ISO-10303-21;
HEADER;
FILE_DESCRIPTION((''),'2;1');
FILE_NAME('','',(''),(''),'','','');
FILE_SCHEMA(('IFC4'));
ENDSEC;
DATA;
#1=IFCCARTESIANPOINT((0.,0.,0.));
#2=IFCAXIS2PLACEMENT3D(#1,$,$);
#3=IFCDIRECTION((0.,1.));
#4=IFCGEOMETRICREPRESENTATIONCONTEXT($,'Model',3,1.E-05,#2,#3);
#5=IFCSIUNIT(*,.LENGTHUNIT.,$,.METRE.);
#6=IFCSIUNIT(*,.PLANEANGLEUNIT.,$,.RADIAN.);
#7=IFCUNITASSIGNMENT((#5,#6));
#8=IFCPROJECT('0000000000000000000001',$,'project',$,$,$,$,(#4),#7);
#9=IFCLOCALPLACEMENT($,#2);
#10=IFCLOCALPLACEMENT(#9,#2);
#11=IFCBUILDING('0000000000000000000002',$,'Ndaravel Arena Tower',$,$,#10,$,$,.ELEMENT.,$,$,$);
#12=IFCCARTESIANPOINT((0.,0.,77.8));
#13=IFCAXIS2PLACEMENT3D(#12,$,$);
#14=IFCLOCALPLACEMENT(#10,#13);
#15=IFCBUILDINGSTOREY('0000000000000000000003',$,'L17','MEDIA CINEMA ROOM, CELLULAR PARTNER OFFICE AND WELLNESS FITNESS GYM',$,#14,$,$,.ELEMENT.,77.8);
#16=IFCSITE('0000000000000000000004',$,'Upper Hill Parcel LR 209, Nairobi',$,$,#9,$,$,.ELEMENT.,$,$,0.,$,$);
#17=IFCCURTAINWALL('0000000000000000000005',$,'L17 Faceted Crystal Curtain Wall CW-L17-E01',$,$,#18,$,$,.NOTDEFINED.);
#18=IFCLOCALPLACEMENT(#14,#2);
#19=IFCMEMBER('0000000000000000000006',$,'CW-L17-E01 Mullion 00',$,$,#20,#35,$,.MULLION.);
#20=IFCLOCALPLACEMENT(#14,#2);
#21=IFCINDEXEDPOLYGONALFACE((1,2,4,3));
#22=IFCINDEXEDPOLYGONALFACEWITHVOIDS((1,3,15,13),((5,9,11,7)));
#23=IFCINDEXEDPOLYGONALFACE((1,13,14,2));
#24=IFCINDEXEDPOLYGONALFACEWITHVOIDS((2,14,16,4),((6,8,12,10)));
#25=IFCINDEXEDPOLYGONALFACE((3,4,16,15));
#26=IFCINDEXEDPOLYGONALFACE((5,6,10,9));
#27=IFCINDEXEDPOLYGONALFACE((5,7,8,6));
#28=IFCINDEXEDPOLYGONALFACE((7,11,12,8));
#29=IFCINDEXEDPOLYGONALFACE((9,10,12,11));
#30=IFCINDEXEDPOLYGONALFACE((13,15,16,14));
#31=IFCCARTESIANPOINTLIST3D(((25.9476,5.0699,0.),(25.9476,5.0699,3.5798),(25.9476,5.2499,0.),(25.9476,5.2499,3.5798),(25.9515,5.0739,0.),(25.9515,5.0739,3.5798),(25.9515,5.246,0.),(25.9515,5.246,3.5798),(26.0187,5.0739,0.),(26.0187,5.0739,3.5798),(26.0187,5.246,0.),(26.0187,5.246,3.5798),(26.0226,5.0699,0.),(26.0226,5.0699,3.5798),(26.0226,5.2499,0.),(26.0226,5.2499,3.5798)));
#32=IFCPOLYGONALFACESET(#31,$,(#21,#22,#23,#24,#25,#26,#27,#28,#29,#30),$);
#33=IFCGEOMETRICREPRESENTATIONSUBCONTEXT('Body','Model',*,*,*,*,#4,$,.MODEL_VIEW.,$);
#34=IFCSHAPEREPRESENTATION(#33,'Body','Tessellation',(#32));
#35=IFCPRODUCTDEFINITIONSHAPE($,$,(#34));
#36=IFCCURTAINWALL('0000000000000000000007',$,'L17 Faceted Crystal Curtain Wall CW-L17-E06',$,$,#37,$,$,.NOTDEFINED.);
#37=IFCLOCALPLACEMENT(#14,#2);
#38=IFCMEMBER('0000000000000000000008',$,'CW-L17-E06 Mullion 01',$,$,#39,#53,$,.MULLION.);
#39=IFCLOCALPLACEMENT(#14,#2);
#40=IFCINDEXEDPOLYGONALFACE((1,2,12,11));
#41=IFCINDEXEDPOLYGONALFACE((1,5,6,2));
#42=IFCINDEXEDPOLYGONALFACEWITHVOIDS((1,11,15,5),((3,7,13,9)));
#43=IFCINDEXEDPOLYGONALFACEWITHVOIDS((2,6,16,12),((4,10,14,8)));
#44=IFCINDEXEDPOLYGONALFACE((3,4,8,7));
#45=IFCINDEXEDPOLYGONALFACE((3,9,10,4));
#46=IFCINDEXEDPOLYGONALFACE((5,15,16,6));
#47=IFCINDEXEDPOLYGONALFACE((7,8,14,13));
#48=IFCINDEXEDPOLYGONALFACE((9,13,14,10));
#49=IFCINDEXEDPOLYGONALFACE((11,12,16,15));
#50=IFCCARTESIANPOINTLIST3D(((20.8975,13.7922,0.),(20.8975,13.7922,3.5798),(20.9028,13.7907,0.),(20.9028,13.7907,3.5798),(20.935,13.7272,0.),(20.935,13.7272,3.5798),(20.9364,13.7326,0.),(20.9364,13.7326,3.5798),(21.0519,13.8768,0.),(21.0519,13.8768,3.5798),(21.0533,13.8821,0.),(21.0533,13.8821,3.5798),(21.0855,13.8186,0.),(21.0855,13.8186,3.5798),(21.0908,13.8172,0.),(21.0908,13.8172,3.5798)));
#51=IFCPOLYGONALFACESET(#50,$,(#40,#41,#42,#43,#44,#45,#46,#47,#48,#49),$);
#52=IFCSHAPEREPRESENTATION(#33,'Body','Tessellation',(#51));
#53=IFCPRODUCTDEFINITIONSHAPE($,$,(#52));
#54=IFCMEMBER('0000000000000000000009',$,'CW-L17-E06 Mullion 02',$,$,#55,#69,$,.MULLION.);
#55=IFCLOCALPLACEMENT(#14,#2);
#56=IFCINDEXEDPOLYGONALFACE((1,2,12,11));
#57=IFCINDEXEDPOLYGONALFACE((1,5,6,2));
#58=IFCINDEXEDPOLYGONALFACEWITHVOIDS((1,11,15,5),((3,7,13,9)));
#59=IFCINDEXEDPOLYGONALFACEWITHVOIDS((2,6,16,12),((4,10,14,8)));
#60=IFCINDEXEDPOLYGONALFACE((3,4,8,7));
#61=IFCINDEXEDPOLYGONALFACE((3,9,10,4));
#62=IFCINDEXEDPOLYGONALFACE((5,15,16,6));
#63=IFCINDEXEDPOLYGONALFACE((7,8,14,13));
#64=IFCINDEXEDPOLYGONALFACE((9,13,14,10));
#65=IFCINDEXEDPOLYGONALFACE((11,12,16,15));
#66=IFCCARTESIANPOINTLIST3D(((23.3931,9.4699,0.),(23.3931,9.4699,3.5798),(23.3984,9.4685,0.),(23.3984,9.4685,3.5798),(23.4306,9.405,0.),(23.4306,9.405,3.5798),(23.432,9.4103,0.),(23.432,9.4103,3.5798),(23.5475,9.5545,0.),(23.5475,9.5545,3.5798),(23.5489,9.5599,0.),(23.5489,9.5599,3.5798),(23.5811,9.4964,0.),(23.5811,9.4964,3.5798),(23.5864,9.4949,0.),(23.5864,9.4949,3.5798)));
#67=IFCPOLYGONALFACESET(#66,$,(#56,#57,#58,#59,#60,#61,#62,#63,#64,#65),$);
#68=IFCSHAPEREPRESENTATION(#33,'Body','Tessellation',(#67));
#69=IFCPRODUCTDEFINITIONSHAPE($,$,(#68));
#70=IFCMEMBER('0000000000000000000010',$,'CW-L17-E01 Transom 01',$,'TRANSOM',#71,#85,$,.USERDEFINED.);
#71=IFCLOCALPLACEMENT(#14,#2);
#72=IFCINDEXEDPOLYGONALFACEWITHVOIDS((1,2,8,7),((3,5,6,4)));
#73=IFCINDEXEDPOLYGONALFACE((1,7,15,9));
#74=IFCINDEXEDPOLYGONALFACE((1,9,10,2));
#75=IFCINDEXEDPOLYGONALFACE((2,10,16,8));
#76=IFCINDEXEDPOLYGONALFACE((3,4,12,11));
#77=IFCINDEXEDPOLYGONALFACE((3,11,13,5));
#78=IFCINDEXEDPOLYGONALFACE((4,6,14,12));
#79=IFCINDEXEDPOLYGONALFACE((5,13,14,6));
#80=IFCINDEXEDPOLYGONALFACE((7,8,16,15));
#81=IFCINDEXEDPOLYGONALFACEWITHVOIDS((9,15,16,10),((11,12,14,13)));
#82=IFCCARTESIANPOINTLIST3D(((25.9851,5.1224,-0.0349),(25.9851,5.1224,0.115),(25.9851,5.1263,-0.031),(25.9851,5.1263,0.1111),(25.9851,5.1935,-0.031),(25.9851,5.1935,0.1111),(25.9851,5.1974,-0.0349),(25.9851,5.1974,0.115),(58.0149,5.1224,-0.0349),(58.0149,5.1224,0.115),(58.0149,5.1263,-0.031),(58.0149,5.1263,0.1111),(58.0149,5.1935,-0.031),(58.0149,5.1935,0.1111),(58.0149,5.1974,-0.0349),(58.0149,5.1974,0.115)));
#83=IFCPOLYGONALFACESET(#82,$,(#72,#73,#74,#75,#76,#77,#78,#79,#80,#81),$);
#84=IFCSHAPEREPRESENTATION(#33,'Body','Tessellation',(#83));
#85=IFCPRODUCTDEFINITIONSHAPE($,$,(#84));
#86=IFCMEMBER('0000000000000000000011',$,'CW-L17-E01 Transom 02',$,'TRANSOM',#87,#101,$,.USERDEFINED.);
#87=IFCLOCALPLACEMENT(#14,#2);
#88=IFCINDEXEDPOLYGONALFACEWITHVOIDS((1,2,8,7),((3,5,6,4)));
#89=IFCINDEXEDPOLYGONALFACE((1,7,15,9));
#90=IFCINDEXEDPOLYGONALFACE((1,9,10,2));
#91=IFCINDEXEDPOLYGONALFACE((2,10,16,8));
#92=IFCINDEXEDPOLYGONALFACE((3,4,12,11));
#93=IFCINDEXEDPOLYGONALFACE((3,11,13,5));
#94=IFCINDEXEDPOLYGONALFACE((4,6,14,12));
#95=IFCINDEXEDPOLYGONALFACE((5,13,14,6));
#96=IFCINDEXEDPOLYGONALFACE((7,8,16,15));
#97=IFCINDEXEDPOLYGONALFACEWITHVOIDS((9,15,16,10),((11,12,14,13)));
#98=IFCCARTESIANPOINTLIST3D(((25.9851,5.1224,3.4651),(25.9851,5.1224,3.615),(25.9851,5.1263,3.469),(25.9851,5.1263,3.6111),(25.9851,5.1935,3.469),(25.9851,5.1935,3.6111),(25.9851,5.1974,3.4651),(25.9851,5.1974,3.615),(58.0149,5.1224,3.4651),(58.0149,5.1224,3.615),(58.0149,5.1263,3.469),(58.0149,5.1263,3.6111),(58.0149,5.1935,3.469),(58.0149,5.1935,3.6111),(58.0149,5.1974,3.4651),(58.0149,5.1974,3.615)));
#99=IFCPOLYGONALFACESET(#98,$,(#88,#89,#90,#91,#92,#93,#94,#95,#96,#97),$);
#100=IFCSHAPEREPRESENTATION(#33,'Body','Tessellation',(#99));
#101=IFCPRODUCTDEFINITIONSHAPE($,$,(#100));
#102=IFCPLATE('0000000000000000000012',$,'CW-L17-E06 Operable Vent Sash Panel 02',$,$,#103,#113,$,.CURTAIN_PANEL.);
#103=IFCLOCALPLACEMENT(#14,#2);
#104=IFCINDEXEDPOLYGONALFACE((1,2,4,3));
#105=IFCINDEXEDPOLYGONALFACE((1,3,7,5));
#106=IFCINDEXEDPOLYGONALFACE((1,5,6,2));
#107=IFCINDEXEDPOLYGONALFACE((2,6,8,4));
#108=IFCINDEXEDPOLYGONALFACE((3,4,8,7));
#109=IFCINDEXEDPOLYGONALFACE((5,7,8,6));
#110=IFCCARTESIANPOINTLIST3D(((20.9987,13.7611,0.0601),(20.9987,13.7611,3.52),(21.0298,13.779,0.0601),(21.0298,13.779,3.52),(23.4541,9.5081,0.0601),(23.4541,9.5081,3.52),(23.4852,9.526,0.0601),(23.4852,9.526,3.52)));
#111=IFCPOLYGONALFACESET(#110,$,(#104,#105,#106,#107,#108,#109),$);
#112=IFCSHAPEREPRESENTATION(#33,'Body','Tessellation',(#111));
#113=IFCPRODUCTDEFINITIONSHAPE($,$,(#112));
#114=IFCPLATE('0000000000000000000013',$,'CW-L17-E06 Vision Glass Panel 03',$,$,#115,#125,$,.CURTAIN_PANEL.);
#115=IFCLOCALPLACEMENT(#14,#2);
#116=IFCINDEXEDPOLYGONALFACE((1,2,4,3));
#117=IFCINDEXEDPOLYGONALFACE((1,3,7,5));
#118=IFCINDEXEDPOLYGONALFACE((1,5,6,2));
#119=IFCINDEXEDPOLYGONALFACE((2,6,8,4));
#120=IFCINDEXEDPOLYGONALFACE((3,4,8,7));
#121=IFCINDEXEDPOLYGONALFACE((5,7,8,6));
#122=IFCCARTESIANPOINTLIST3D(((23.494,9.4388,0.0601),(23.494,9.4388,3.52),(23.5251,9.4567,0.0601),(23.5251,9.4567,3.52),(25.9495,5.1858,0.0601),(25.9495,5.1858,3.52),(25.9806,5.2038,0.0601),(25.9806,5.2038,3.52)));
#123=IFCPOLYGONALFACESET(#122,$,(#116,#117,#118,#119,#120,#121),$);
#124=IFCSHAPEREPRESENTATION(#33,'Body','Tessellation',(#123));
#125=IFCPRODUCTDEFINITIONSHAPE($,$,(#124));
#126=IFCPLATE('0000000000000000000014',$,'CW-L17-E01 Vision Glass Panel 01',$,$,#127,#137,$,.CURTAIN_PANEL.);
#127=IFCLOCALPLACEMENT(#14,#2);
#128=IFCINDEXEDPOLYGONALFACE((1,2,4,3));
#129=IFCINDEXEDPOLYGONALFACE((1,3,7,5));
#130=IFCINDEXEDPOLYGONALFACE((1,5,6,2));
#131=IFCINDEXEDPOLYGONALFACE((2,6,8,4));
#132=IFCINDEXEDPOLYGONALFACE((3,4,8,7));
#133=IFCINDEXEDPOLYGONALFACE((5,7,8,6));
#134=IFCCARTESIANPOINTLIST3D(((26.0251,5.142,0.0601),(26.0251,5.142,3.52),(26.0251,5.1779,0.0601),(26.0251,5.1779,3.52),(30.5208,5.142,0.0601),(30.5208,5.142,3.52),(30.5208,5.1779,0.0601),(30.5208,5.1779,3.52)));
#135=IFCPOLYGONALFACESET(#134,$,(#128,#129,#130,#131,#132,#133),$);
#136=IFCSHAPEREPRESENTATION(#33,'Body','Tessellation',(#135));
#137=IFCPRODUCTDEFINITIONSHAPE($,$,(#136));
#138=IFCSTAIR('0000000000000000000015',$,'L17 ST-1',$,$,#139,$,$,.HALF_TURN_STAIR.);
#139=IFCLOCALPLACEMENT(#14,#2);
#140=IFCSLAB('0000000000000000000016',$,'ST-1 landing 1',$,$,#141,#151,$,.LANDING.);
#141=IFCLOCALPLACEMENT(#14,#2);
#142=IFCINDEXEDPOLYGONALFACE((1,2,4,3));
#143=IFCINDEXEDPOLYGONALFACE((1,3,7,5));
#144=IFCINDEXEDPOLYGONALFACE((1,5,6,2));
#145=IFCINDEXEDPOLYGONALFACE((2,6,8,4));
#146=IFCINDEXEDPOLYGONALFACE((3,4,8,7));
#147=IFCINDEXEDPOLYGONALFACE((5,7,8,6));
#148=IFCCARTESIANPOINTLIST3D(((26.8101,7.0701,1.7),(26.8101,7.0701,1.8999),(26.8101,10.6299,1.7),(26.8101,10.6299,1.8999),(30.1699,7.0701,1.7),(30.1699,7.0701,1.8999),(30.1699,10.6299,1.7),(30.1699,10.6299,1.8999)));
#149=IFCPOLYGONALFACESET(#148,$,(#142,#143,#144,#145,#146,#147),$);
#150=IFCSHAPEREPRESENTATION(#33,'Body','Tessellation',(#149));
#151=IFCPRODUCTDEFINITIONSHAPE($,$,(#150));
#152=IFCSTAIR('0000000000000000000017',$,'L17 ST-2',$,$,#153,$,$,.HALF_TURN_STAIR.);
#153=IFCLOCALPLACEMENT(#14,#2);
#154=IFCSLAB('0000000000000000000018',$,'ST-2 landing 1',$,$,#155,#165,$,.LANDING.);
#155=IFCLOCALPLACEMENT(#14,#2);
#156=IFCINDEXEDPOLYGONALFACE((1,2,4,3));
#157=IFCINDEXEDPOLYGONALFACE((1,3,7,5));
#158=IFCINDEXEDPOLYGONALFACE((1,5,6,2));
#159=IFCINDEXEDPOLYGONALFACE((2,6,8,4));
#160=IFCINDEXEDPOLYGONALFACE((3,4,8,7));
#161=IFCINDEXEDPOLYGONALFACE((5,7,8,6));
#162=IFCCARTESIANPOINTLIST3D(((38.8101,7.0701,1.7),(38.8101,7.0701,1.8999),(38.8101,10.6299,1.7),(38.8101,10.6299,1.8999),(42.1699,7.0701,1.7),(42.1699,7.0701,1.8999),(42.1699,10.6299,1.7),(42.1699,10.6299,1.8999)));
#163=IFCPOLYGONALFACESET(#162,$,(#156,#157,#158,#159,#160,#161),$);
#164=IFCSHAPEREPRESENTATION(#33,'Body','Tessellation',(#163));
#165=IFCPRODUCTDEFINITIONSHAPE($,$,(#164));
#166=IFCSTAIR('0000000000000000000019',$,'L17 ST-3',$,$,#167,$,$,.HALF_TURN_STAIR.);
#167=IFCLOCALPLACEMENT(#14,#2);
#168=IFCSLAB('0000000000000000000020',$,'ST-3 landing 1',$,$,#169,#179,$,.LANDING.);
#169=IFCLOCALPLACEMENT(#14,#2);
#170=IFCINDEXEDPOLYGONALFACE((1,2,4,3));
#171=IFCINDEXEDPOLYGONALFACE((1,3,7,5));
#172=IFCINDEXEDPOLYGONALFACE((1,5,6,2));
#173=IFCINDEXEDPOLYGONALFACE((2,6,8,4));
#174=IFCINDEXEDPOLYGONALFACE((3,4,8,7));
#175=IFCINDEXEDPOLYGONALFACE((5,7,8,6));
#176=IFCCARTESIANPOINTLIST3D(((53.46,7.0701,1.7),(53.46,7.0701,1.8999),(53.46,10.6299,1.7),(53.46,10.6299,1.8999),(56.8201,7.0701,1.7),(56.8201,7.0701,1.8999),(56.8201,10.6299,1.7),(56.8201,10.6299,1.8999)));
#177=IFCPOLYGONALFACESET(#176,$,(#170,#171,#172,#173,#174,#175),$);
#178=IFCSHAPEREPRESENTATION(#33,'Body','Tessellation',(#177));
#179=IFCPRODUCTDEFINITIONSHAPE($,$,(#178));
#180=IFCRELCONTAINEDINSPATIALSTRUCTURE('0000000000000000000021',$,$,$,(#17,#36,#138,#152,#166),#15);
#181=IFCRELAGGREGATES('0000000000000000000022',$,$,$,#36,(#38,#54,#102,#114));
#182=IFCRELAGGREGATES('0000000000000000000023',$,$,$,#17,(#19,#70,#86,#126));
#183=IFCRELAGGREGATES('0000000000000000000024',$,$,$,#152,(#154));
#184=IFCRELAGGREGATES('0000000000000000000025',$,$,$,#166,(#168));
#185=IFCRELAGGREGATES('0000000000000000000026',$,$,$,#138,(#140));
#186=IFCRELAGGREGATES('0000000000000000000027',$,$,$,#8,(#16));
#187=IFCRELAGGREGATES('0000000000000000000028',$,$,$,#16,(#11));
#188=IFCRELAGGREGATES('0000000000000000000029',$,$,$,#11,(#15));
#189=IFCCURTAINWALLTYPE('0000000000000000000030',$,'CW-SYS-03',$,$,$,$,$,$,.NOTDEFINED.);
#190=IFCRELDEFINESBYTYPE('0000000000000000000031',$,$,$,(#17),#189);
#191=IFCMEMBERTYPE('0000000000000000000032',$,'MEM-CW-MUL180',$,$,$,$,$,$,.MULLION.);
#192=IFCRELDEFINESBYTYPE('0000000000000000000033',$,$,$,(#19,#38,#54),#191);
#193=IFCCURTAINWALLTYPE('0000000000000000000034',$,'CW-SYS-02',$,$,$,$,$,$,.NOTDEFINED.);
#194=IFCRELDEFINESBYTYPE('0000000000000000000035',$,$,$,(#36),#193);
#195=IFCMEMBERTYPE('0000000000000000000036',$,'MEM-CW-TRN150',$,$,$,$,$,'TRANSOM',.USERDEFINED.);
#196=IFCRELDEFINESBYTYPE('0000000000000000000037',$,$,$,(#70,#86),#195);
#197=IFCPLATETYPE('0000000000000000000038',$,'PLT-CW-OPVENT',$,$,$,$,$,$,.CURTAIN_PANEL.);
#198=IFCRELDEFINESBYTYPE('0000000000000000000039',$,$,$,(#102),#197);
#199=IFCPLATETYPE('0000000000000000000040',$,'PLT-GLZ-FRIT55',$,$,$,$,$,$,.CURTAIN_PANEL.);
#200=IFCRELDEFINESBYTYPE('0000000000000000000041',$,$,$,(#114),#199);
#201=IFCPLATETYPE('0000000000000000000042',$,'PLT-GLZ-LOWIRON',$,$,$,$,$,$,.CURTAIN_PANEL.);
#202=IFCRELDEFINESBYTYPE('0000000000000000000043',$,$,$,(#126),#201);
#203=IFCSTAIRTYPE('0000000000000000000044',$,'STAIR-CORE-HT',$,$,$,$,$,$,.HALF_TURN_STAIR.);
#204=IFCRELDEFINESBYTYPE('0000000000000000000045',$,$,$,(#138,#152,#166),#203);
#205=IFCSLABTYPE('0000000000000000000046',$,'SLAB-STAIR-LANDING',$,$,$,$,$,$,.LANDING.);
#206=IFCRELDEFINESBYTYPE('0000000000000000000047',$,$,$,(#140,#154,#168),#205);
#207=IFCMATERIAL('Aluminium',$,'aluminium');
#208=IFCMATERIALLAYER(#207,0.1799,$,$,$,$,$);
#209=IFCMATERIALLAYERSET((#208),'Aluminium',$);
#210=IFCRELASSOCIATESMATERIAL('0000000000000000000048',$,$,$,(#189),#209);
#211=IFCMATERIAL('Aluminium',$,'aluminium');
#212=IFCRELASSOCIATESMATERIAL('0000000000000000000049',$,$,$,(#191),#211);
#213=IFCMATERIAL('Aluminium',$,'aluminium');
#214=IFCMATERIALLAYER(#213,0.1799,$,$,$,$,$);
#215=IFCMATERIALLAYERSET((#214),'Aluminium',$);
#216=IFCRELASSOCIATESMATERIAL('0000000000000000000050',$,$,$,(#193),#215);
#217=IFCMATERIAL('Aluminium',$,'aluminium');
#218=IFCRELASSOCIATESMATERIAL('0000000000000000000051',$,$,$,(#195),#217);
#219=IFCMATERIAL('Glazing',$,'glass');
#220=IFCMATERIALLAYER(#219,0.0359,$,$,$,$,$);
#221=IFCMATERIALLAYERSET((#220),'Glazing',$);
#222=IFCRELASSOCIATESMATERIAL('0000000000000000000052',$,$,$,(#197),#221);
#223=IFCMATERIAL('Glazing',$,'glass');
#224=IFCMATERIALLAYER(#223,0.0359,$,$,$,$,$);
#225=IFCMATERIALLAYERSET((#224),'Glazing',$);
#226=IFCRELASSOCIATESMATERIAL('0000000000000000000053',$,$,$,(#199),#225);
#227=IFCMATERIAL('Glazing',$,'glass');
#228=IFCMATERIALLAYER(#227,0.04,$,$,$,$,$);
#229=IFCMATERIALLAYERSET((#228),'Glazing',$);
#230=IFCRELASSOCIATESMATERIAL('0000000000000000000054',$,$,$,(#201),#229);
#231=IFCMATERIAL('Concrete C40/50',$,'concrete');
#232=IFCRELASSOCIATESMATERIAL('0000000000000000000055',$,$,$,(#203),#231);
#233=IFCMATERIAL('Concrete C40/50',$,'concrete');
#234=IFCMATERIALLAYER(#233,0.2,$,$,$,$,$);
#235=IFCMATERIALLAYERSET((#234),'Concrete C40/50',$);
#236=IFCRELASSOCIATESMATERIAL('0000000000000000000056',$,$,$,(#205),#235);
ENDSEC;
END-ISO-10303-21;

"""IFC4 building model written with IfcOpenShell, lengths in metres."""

from ifc_helpers import new_model, si_unit, direction, frame, origin, origin_2d, place, context, subcontext, project, spatial, polyline, rectangle, hollow_rectangle, outline, extrude, material, layer, layer_set, material_profile, profile_set, type_object, element, aggregate, save


model = new_model("IFC4")

# Units and contexts
model_context = context("Model", 3, precision=1e-05, world=origin(), true_north=direction((0.0, 1.0)))
body_context = subcontext(model_context, "Body", "Model", "MODEL_VIEW")
ifc_project = project(units=[si_unit("LENGTHUNIT", "METRE"), si_unit("PLANEANGLEUNIT", "RADIAN")], contexts=[model_context])

# Site, building, storey
site_placement = place(None, origin())
site = spatial("IfcSite", under=ifc_project, at=site_placement, Name="Upper Hill Parcel LR 209, Nairobi", CompositionType="ELEMENT", RefElevation=0.0)
building_placement = place(site_placement, origin())
building = spatial("IfcBuilding", under=site, at=building_placement, Name="Ndaravel Arena Tower", CompositionType="ELEMENT")
storey_placement = place(building_placement, frame((0.0, 0.0, 77.8)))
storey = spatial("IfcBuildingStorey", under=building, at=storey_placement, Name="L17", Description="MEDIA CINEMA ROOM, CELLULAR PARTNER OFFICE AND WELLNESS FITNESS GYM", CompositionType="ELEMENT", Elevation=77.8)

# Curtain wall, member
ifc_material_1 = material(Name="Aluminium", Category="aluminium")
ifc_layer_1 = layer(ifc_material_1, 0.1799)
ifc_layer_set_1 = layer_set([ifc_layer_1], Name="Aluminium")
curtain_wall_type_1 = type_object("IfcCurtainWallType", Name="CW-SYS-03", PredefinedType="NOTDEFINED", material=ifc_layer_set_1)
curtain_wall_1_placement = place(storey_placement, origin())
curtain_wall_1 = element("IfcCurtainWall", 1, at=curtain_wall_1_placement, inside=storey, type_object=curtain_wall_type_1, Name="L17 Faceted Crystal Curtain Wall CW-L17-E01", PredefinedType="NOTDEFINED")
ifc_material_2 = material(Name="Aluminium", Category="aluminium")
ifc_material_profile_1 = material_profile(ifc_material_2, hollow_rectangle(XDim=0.075, YDim=0.1799, WallThickness=0.0039, at=origin_2d()), Name="CW MULLION 75x180x4")
ifc_profile_set_1 = profile_set([ifc_material_profile_1], Name="Aluminium")
member_type_1 = type_object("IfcMemberType", Name="MEM-CW-MUL180", PredefinedType="MULLION", material=ifc_profile_set_1)
member_1_placement = place(storey_placement, frame((25.9851, 5.1599, 0.0), z_axis=(0.0, 0.0, 1.0), x_axis=(1.0, 0.0, 0.0)))
member_1 = element("IfcMember", 2, at=member_1_placement, type_object=member_type_1, Name="CW-L17-E01 Mullion 00", PredefinedType="MULLION", context=body_context, shape_type="SweptSolid", body=[
    extrude(hollow_rectangle(XDim=0.075, YDim=0.1799, WallThickness=0.0039, at=origin_2d()), origin(), (0.0, 0.0, 1.0), 3.5798),
])

# Curtain wall, members
ifc_material_3 = material(Name="Aluminium", Category="aluminium")
ifc_layer_2 = layer(ifc_material_3, 0.1799)
ifc_layer_set_2 = layer_set([ifc_layer_2], Name="Aluminium")
curtain_wall_type_2 = type_object("IfcCurtainWallType", Name="CW-SYS-02", PredefinedType="NOTDEFINED", material=ifc_layer_set_2)
curtain_wall_2_placement = place(storey_placement, origin())
curtain_wall_2 = element("IfcCurtainWall", 3, at=curtain_wall_2_placement, inside=storey, type_object=curtain_wall_type_2, Name="L17 Faceted Crystal Curtain Wall CW-L17-E06", PredefinedType="NOTDEFINED")
member_2_placement = place(storey_placement, frame((20.9941, 13.8047, 0.0), z_axis=(0.0, 0.0, 1.0), x_axis=(0.5, -0.866025, 0.0)))
member_2 = element("IfcMember", 4, at=member_2_placement, type_object=member_type_1, Name="CW-L17-E06 Mullion 01", PredefinedType="MULLION", context=body_context, shape_type="SweptSolid", body=[
    extrude(hollow_rectangle(XDim=0.075, YDim=0.1799, WallThickness=0.0039, at=origin_2d()), origin(), (0.0, 0.0, 1.0), 3.5798),
])
member_3_placement = place(storey_placement, frame((23.4897, 9.4824, 0.0), z_axis=(0.0, 0.0, 1.0), x_axis=(0.5, -0.866025, 0.0)))
member_3 = element("IfcMember", 5, at=member_3_placement, type_object=member_type_1, Name="CW-L17-E06 Mullion 02", PredefinedType="MULLION", context=body_context, shape_type="SweptSolid", body=[
    extrude(hollow_rectangle(XDim=0.075, YDim=0.1799, WallThickness=0.0039, at=origin_2d()), origin(), (0.0, 0.0, 1.0), 3.5798),
])

# Members
ifc_material_4 = material(Name="Aluminium", Category="aluminium")
ifc_material_profile_2 = material_profile(ifc_material_4, hollow_rectangle(XDim=0.075, YDim=0.1499, WallThickness=0.0039, at=origin_2d()), Name="CW TRANSOM 75x150x4")
ifc_profile_set_2 = profile_set([ifc_material_profile_2], Name="Aluminium")
member_type_2 = type_object("IfcMemberType", Name="MEM-CW-TRN150", ElementType="TRANSOM", PredefinedType="USERDEFINED", material=ifc_profile_set_2)
member_4_placement = place(storey_placement, frame((25.9851, 5.1599, 0.04), z_axis=(1.0, 0.0, 0.0), x_axis=(0.0, 1.0, 0.0)))
member_4 = element("IfcMember", 6, at=member_4_placement, type_object=member_type_2, Name="CW-L17-E01 Transom 01", ObjectType="TRANSOM", PredefinedType="USERDEFINED", context=body_context, shape_type="SweptSolid", body=[
    extrude(hollow_rectangle(XDim=0.075, YDim=0.1499, WallThickness=0.0039, at=origin_2d()), origin(), (0.0, 0.0, 1.0), 32.0298),
])
member_5_placement = place(storey_placement, frame((25.9851, 5.1599, 3.54), z_axis=(1.0, 0.0, 0.0), x_axis=(0.0, 1.0, 0.0)))
member_5 = element("IfcMember", 7, at=member_5_placement, type_object=member_type_2, Name="CW-L17-E01 Transom 02", ObjectType="TRANSOM", PredefinedType="USERDEFINED", context=body_context, shape_type="SweptSolid", body=[
    extrude(hollow_rectangle(XDim=0.075, YDim=0.1499, WallThickness=0.0039, at=origin_2d()), origin(), (0.0, 0.0, 1.0), 32.0298),
])

# Plates
ifc_material_5 = material(Name="Glazing", Category="glass")
ifc_layer_3 = layer(ifc_material_5, 0.0359)
ifc_layer_set_3 = layer_set([ifc_layer_3], Name="Glazing")
plate_type_1 = type_object("IfcPlateType", Name="PLT-CW-OPVENT", PredefinedType="CURTAIN_PANEL", material=ifc_layer_set_3)
plate_1_placement = place(storey_placement, frame((22.2419, 11.6436, 0.0601), z_axis=(0.0, 0.0, 1.0), x_axis=(0.5, -0.866025, 0.0)))
plate_1 = element("IfcPlate", 8, at=plate_1_placement, type_object=plate_type_1, Name="CW-L17-E06 Operable Vent Sash Panel 02", PredefinedType="CURTAIN_PANEL", context=body_context, shape_type="SweptSolid", body=[
    extrude(rectangle(XDim=4.9109, YDim=0.0359, at=origin_2d()), origin(), (0.0, 0.0, 1.0), 3.46),
])
ifc_material_6 = material(Name="Glazing", Category="glass")
ifc_layer_4 = layer(ifc_material_6, 0.0359)
ifc_layer_set_4 = layer_set([ifc_layer_4], Name="Glazing")
plate_type_2 = type_object("IfcPlateType", Name="PLT-GLZ-FRIT55", PredefinedType="CURTAIN_PANEL", material=ifc_layer_set_4)
plate_2_placement = place(storey_placement, frame((24.7373, 7.3213, 0.0601), z_axis=(0.0, 0.0, 1.0), x_axis=(0.5, -0.866025, 0.0)))
plate_2 = element("IfcPlate", 9, at=plate_2_placement, type_object=plate_type_2, Name="CW-L17-E06 Vision Glass Panel 03", PredefinedType="CURTAIN_PANEL", context=body_context, shape_type="SweptSolid", body=[
    extrude(rectangle(XDim=4.9109, YDim=0.0359, at=origin_2d()), origin(), (0.0, 0.0, 1.0), 3.46),
])
aggregate(curtain_wall_2, [member_2, member_3, plate_1, plate_2])
ifc_material_7 = material(Name="Glazing", Category="glass")
ifc_layer_5 = layer(ifc_material_7, 0.04)
ifc_layer_set_5 = layer_set([ifc_layer_5], Name="Glazing")
plate_type_3 = type_object("IfcPlateType", Name="PLT-GLZ-LOWIRON", PredefinedType="CURTAIN_PANEL", material=ifc_layer_set_5)
plate_3_placement = place(storey_placement, frame((28.2729, 5.1599, 0.0601), z_axis=(0.0, 0.0, 1.0), x_axis=(1.0, 0.0, 0.0)))
plate_3 = element("IfcPlate", 10, at=plate_3_placement, type_object=plate_type_3, Name="CW-L17-E01 Vision Glass Panel 01", PredefinedType="CURTAIN_PANEL", context=body_context, shape_type="SweptSolid", body=[
    extrude(rectangle(XDim=4.4956, YDim=0.0359, at=origin_2d()), origin(), (0.0, 0.0, 1.0), 3.46),
])
aggregate(curtain_wall_1, [member_1, member_4, member_5, plate_3])

# Stairs, slabs
ifc_material_8 = material(Name="Concrete C40/50", Category="concrete")
stair_type = type_object("IfcStairType", Name="STAIR-CORE-HT", PredefinedType="HALF_TURN_STAIR", material=ifc_material_8)
stair_1_placement = place(storey_placement, origin())
stair_1 = element("IfcStair", 11, at=stair_1_placement, inside=storey, type_object=stair_type, Name="L17 ST-1", PredefinedType="HALF_TURN_STAIR")
ifc_material_9 = material(Name="Concrete C40/50", Category="concrete")
ifc_layer_6 = layer(ifc_material_9, 0.2)
ifc_layer_set_6 = layer_set([ifc_layer_6], Name="Concrete C40/50")
slab_type_1 = type_object("IfcSlabType", Name="SLAB-STAIR-LANDING", PredefinedType="LANDING", material=ifc_layer_set_6)
slab_1_placement = place(storey_placement, frame((0.0, 0.0, 1.7)))
slab_1 = element("IfcSlab", 12, at=slab_1_placement, type_object=slab_type_1, Name="ST-1 landing 1", PredefinedType="LANDING", context=body_context, shape_type="SweptSolid", body=[
    extrude(outline(polyline([(26.8101, 10.6299), (26.8101, 7.0701), (30.1699, 7.0701), (30.1699, 10.6299), (26.8101, 10.6299)])), origin(), (0.0, 0.0, 1.0), 0.2),
])
stair_2_placement = place(storey_placement, origin())
stair_2 = element("IfcStair", 13, at=stair_2_placement, inside=storey, type_object=stair_type, Name="L17 ST-2", PredefinedType="HALF_TURN_STAIR")
slab_2_placement = place(storey_placement, frame((0.0, 0.0, 1.7)))
slab_2 = element("IfcSlab", 14, at=slab_2_placement, type_object=slab_type_1, Name="ST-2 landing 1", PredefinedType="LANDING", context=body_context, shape_type="SweptSolid", body=[
    extrude(outline(polyline([(38.8101, 10.6299), (38.8101, 7.0701), (42.1699, 7.0701), (42.1699, 10.6299), (38.8101, 10.6299)])), origin(), (0.0, 0.0, 1.0), 0.2),
])
aggregate(stair_2, [slab_2])
stair_3_placement = place(storey_placement, origin())
stair_3 = element("IfcStair", 15, at=stair_3_placement, inside=storey, type_object=stair_type, Name="L17 ST-3", PredefinedType="HALF_TURN_STAIR")
slab_3_placement = place(storey_placement, frame((0.0, 0.0, 1.7)))
slab_3 = element("IfcSlab", 16, at=slab_3_placement, type_object=slab_type_1, Name="ST-3 landing 1", PredefinedType="LANDING", context=body_context, shape_type="SweptSolid", body=[
    extrude(outline(polyline([(53.46, 10.6299), (53.46, 7.0701), (56.8201, 7.0701), (56.8201, 10.6299), (53.46, 10.6299)])), origin(), (0.0, 0.0, 1.0), 0.2),
])
aggregate(stair_3, [slab_3])

aggregate(stair_1, [slab_1])

save(model, "model.ifc")
